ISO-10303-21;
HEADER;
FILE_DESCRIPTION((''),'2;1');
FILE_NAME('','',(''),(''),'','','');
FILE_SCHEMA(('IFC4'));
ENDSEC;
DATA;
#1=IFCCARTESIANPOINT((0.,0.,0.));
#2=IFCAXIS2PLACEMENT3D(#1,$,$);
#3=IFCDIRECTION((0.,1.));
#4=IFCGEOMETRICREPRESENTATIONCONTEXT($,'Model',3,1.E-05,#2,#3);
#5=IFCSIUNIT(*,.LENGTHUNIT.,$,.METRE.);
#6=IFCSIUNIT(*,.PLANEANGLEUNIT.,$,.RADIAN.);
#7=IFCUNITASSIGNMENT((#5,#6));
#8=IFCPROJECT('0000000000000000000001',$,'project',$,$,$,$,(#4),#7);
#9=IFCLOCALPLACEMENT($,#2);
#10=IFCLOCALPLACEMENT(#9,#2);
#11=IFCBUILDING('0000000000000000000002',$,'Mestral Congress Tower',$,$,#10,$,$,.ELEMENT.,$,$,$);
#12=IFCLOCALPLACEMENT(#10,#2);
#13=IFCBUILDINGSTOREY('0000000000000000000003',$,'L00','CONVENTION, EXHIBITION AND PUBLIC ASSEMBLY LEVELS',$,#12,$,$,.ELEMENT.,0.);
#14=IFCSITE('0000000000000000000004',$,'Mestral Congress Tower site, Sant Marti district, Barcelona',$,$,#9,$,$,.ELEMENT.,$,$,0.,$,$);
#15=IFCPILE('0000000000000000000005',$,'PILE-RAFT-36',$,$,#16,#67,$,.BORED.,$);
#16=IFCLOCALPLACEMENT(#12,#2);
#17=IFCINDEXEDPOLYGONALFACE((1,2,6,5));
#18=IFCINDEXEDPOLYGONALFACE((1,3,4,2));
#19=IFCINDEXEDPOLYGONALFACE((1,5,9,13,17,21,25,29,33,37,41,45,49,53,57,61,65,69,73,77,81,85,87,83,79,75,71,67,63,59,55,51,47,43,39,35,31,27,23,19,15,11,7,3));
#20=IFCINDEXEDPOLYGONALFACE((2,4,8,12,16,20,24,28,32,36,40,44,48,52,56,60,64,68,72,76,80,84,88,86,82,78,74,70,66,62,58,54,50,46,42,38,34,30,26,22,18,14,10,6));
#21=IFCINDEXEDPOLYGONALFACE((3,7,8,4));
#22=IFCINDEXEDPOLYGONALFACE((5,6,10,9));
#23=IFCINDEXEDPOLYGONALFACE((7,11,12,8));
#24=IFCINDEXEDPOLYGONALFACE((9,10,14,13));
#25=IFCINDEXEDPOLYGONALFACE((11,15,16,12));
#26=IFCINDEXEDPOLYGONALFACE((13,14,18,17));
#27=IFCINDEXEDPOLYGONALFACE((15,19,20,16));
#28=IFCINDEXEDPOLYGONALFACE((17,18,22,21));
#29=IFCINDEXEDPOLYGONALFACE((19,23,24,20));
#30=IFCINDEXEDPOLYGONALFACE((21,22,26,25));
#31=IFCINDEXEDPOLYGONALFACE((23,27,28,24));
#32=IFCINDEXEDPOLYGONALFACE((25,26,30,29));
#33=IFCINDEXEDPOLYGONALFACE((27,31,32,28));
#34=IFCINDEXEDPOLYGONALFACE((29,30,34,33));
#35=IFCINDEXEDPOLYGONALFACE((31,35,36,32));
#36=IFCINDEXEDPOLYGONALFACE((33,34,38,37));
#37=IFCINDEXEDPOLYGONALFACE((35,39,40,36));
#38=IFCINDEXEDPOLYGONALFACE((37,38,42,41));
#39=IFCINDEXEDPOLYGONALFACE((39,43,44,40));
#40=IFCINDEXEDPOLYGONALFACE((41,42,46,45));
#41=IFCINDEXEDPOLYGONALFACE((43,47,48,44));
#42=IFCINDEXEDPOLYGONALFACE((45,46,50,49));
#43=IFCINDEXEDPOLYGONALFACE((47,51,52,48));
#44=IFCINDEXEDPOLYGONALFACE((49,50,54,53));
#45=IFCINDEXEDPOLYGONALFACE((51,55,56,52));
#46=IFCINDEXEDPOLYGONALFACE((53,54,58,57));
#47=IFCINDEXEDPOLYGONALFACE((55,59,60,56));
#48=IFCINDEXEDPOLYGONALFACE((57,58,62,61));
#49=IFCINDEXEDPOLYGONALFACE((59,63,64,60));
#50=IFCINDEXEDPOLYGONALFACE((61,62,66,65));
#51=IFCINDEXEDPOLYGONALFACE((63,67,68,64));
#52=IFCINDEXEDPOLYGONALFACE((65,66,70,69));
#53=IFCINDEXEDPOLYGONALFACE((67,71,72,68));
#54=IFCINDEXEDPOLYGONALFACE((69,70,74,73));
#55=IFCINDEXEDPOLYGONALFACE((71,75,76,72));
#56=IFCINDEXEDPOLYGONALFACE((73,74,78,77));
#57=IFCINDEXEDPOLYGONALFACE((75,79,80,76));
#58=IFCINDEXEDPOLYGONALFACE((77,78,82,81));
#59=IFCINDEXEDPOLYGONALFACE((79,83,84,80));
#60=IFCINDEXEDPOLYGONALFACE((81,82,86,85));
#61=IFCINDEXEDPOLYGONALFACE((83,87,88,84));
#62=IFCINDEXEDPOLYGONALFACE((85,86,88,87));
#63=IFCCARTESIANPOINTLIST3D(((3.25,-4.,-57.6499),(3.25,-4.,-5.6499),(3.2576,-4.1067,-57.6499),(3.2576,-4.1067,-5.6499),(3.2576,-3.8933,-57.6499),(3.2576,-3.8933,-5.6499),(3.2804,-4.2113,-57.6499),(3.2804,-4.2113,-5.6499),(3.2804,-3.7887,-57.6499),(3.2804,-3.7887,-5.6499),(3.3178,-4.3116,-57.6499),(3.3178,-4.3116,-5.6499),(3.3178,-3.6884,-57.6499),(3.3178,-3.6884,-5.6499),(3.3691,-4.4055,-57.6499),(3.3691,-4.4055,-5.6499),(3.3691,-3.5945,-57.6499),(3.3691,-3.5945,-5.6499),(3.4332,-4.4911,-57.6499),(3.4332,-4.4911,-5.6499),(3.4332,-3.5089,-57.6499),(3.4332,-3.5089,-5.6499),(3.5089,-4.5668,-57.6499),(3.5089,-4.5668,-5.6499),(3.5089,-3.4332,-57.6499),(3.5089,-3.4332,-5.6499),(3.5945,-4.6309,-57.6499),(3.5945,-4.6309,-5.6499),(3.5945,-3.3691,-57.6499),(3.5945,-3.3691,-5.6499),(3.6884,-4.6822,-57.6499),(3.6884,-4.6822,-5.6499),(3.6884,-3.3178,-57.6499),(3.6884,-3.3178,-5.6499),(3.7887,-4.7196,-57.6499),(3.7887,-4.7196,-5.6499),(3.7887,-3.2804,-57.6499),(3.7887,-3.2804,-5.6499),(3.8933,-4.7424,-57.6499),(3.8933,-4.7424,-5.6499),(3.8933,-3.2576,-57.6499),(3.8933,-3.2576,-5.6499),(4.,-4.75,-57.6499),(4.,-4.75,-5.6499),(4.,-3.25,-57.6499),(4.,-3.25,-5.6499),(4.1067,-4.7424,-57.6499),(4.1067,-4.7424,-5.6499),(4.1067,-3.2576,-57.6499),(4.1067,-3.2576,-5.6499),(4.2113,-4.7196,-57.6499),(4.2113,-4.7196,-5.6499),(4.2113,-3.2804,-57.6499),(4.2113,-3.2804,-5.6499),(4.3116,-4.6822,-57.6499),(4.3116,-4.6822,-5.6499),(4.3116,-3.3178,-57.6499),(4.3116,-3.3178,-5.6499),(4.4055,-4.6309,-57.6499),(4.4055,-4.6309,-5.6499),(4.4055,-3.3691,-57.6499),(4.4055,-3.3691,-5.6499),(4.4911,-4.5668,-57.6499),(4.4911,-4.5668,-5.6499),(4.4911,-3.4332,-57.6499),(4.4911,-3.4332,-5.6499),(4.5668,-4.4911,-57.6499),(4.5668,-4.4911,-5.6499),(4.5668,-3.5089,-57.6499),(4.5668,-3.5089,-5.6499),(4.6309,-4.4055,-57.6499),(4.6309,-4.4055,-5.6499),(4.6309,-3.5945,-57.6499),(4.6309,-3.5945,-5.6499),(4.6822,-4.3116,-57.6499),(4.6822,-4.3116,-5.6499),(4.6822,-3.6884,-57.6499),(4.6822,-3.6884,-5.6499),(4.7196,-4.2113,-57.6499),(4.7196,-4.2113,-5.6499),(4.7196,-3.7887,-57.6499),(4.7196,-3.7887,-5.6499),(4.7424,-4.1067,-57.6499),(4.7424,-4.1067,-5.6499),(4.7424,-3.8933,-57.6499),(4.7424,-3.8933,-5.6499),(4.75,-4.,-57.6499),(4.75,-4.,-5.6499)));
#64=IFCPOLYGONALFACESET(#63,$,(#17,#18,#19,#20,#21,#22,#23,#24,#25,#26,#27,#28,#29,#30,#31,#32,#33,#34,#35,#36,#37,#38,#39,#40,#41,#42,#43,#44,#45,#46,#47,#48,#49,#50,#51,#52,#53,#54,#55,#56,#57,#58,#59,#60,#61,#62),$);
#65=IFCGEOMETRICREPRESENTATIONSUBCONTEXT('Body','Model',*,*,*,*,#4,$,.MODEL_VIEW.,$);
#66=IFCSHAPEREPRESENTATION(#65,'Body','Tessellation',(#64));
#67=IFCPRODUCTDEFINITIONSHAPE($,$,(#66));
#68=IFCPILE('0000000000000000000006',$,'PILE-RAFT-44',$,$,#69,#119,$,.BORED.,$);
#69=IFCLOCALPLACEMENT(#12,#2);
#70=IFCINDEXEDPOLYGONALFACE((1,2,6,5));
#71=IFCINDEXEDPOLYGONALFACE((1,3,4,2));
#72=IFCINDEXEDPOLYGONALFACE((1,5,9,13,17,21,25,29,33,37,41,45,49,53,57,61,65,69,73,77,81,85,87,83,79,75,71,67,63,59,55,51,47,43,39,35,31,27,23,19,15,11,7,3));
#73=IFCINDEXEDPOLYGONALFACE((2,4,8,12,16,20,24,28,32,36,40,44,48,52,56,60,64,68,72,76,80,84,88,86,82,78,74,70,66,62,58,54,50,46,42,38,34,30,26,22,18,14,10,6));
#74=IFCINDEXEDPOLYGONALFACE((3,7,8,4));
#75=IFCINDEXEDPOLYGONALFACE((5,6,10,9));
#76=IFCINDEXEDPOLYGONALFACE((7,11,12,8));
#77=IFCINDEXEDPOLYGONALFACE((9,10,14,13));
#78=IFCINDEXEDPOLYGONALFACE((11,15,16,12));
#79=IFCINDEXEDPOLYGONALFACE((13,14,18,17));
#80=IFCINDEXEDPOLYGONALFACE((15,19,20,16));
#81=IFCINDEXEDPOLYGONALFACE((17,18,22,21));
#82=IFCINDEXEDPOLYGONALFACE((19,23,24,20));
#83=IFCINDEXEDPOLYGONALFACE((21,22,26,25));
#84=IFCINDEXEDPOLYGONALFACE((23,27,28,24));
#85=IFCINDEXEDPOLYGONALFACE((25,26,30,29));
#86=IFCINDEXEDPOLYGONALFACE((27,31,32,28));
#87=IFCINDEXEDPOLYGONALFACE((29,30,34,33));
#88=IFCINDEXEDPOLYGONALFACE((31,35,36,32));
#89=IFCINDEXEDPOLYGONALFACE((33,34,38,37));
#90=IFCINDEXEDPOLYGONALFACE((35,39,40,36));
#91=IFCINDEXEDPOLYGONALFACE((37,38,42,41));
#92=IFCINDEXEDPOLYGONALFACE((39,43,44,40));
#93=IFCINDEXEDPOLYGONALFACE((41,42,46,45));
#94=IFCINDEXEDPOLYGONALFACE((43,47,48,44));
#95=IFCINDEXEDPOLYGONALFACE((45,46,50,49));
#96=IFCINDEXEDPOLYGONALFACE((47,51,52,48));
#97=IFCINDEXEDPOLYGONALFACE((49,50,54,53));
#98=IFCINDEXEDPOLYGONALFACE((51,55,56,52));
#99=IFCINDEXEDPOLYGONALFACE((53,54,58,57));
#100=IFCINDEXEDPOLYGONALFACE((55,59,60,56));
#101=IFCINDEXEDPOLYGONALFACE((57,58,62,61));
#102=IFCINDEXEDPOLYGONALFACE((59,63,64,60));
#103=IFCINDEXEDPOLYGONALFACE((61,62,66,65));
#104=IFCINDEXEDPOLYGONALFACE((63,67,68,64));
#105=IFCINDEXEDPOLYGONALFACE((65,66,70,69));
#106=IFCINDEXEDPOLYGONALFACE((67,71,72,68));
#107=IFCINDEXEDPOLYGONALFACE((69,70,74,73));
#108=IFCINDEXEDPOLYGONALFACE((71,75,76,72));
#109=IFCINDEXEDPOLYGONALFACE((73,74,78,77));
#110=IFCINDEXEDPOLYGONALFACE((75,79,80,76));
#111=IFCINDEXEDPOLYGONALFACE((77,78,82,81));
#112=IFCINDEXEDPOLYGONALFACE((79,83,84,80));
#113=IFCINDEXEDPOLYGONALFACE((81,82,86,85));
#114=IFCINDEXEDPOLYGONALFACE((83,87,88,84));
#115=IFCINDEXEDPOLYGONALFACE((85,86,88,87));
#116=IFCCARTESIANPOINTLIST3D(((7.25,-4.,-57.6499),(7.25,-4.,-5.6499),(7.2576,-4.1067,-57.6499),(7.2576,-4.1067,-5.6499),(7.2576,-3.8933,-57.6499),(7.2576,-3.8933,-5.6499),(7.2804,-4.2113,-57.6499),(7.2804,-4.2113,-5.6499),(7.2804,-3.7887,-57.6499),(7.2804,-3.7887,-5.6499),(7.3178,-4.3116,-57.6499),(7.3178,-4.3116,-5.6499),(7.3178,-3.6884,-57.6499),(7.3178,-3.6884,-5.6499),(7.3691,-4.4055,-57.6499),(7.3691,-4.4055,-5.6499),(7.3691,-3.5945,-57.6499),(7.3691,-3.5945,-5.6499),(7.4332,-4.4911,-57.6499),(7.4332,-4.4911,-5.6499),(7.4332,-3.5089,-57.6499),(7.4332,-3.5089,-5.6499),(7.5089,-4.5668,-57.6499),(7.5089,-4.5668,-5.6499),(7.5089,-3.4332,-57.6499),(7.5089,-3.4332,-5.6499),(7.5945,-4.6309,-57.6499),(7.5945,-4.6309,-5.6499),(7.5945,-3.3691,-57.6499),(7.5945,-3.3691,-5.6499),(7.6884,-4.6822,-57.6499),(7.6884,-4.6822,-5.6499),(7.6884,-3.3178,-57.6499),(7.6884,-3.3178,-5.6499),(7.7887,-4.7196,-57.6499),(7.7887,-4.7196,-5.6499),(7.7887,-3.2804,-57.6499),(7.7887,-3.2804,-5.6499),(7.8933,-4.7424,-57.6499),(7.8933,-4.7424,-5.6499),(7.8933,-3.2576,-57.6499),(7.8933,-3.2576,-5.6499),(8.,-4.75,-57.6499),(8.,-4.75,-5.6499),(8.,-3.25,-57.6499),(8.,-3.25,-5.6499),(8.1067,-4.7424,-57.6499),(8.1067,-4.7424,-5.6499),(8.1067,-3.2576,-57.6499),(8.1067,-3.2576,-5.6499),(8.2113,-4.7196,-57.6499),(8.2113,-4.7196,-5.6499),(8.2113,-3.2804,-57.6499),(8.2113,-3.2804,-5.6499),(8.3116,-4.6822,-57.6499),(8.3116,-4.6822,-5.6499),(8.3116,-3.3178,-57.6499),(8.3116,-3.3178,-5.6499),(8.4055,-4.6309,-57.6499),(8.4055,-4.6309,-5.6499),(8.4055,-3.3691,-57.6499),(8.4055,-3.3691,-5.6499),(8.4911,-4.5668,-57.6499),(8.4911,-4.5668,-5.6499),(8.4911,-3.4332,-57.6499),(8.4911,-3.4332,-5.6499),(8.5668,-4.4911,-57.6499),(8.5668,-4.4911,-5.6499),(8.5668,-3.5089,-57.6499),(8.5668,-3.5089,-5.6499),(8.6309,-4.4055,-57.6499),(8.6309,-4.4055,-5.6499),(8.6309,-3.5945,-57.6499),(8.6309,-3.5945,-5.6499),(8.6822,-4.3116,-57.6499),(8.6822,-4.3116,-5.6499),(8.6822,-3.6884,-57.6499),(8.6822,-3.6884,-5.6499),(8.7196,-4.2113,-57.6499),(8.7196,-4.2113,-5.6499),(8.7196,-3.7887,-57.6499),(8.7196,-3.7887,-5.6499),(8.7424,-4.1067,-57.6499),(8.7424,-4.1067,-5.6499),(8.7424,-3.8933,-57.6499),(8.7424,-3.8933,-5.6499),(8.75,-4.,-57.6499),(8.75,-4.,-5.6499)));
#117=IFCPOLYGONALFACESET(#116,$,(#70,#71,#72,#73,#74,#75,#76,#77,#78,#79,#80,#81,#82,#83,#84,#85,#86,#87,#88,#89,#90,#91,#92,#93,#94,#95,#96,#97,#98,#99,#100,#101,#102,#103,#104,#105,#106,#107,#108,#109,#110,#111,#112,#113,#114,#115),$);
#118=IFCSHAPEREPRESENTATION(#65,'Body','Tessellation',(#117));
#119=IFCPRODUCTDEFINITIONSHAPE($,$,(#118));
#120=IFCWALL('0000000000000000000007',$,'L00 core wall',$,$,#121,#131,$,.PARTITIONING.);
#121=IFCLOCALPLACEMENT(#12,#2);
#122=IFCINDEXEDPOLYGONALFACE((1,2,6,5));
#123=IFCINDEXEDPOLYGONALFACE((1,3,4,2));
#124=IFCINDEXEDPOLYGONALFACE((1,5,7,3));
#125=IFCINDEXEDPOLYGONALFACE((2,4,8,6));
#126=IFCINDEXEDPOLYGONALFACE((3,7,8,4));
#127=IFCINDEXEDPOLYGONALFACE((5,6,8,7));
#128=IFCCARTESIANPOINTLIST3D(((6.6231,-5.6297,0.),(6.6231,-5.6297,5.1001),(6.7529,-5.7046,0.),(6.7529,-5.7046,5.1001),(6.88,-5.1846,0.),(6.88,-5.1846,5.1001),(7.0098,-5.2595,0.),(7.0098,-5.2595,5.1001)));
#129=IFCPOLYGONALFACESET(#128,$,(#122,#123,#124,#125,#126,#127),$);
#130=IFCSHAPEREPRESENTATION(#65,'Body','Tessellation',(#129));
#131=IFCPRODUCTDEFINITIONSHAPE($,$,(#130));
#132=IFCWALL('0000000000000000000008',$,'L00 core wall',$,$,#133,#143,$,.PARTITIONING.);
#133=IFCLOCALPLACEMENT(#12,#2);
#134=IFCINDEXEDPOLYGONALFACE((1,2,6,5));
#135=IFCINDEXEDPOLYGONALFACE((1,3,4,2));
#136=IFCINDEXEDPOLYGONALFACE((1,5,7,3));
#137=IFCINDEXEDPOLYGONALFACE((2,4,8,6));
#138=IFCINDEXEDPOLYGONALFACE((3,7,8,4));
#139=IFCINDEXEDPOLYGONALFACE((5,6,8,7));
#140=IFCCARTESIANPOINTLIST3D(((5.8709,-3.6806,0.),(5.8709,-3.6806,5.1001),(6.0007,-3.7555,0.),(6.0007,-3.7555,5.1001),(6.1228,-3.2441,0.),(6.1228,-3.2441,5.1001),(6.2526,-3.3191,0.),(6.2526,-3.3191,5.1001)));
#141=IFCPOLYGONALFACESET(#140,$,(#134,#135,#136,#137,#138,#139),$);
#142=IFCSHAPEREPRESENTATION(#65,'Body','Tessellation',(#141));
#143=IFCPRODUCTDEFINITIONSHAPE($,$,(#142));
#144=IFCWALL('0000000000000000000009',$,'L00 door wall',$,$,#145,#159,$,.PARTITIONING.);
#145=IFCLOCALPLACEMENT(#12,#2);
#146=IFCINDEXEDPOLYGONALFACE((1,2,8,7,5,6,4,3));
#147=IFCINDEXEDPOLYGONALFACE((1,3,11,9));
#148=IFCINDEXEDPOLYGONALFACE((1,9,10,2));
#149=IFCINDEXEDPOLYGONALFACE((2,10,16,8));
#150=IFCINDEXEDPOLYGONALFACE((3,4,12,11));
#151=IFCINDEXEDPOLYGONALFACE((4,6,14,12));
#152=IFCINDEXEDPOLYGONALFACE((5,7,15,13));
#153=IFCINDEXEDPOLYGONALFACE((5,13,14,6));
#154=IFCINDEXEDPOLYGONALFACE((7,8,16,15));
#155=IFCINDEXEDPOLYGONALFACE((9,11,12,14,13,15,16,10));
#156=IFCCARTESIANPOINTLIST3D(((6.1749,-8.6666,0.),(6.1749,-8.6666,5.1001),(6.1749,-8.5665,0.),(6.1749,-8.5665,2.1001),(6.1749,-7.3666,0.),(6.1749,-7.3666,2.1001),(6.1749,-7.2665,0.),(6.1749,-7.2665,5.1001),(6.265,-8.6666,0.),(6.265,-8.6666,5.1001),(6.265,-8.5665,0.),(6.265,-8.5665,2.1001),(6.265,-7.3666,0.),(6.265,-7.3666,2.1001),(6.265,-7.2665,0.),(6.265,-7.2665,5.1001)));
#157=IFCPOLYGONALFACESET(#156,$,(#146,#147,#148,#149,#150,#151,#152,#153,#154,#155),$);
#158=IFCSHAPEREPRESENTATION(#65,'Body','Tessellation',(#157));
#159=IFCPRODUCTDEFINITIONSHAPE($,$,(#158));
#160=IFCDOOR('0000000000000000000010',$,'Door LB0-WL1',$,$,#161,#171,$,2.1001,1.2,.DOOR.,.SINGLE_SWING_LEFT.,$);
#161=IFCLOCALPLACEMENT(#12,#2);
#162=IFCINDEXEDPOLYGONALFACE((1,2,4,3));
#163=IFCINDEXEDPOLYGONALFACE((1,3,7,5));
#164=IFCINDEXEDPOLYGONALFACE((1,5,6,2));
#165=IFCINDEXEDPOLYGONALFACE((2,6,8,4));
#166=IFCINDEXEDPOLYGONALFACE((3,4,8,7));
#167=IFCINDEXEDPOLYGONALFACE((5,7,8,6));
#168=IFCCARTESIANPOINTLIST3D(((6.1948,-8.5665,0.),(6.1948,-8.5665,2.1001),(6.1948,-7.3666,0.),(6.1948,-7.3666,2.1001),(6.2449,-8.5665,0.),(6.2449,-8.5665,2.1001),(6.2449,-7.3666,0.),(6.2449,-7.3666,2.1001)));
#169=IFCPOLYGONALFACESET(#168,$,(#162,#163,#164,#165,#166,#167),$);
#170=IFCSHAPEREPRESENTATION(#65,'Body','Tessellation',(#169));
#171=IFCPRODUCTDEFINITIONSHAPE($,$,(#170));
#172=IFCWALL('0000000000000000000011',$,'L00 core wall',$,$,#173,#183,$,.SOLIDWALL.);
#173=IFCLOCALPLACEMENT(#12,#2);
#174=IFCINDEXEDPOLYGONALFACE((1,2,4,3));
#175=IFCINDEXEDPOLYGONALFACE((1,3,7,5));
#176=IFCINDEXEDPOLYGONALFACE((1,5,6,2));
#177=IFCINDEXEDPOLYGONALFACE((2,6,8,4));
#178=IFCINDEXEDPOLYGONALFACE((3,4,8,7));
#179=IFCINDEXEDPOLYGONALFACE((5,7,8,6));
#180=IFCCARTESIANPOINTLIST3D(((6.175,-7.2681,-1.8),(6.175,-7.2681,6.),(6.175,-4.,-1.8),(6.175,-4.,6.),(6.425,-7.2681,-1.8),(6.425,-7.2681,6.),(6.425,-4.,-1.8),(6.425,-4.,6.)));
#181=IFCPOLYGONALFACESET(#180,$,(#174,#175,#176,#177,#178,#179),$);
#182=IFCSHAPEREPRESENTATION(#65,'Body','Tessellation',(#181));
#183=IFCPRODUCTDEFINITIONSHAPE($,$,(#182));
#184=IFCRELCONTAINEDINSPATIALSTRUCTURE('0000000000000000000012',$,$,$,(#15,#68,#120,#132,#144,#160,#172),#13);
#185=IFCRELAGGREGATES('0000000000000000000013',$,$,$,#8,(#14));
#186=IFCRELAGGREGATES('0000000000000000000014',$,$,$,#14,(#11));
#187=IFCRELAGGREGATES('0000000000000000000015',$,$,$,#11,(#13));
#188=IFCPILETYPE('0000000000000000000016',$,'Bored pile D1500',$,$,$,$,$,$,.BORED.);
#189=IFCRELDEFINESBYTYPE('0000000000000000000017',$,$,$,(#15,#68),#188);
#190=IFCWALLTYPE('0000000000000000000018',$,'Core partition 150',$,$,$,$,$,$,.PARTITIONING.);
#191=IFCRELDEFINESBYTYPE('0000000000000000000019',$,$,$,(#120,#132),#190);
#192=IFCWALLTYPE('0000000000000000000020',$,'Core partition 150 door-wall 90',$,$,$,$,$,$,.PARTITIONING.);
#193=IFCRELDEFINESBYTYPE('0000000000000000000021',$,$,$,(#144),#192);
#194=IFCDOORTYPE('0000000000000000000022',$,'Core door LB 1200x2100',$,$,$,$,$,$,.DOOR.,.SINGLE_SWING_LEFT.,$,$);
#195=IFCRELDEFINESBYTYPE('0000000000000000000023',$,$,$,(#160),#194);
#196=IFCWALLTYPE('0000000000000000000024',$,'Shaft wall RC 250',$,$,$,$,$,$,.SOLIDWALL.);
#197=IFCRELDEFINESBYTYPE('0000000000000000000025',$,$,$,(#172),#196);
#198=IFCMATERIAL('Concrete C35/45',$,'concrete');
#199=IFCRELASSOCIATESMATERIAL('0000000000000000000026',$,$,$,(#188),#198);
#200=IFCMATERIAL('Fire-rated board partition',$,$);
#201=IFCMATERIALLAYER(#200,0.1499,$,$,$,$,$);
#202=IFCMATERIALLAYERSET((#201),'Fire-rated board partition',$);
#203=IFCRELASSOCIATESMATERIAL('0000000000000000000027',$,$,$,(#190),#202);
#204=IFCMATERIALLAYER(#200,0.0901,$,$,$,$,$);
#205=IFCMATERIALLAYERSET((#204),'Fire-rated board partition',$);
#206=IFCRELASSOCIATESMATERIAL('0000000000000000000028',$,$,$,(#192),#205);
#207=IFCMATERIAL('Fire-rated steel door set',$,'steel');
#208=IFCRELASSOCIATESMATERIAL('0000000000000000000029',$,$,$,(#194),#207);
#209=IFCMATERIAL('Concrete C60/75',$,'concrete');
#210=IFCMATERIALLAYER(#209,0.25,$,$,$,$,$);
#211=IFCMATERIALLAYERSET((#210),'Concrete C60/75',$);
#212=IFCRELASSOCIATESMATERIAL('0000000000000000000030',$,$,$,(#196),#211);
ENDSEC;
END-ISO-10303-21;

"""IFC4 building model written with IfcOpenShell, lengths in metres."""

from ifc_helpers import new_model, si_unit, direction, frame, frame_2d, origin, origin_2d, place, context, subcontext, project, spatial, rectangle, circle, extrude, material, layer, layer_set, material_profile, profile_set, type_object, element, fill, save


model = new_model("IFC4")

# Units and contexts
model_context = context("Model", 3, precision=1e-05, world=origin(), true_north=direction((0.0, 1.0)))
body_context = subcontext(model_context, "Body", "Model", "MODEL_VIEW")
ifc_project = project(units=[si_unit("LENGTHUNIT", "METRE"), si_unit("PLANEANGLEUNIT", "RADIAN")], contexts=[model_context])

# Site, building, storey
site_placement = place(None, origin())
site = spatial("IfcSite", under=ifc_project, at=site_placement, Name="Mestral Congress Tower site, Sant Marti district, Barcelona", CompositionType="ELEMENT", RefElevation=0.0)
building_placement = place(site_placement, origin())
building = spatial("IfcBuilding", under=site, at=building_placement, Name="Mestral Congress Tower", CompositionType="ELEMENT")
storey_placement = place(building_placement, origin())
storey = spatial("IfcBuildingStorey", under=building, at=storey_placement, Name="L00", Description="CONVENTION, EXHIBITION AND PUBLIC ASSEMBLY LEVELS", CompositionType="ELEMENT", Elevation=0.0)

# Piles
ifc_material_1 = material(Name="Concrete C35/45", Category="concrete")
ifc_material_profile = material_profile(ifc_material_1, circle(Radius=0.75, at=origin_2d()), Name="D1500")
ifc_profile_set = profile_set([ifc_material_profile], Name="Concrete C35/45")
pile_type = type_object("IfcPileType", Name="Bored pile D1500", PredefinedType="BORED", material=ifc_profile_set)
for number, where, z_axis, x_axis, name in (
    (1, (4.0, -4.0, -5.6499), (0.0, 0.0, -1.0), (1.0, 0.0, 0.0), "PILE-RAFT-36"),
    (2, (8.0, -4.0, -5.6499), (0.0, 0.0, -1.0), (1.0, 0.0, 0.0), "PILE-RAFT-44"),
):
    element("IfcPile", number, at=place(storey_placement, frame(where, z_axis=z_axis, x_axis=x_axis)), inside=storey, type_object=pile_type, Name=name, PredefinedType="BORED", context=body_context, shape_type="SweptSolid", body=[
        extrude(circle(Radius=0.75, at=origin_2d()), origin(), (0.0, 0.0, 1.0), 52.0),
    ])

# Walls
ifc_material_2 = material(Name="Fire-rated board partition")
ifc_layer_1 = layer(ifc_material_2, 0.1499)
ifc_layer_set_1 = layer_set([ifc_layer_1], Name="Fire-rated board partition")
wall_type_1 = type_object("IfcWallType", Name="Core partition 150", PredefinedType="PARTITIONING", material=ifc_layer_set_1)
wall_1_placement = place(storey_placement, frame((6.9448, -5.2222, 0.0), z_axis=(0.0, 0.0, 1.0), x_axis=(-0.499818, -0.86613, 0.0)))
element("IfcWall", 3, at=wall_1_placement, inside=storey, type_object=wall_type_1, Name="L00 core wall", PredefinedType="PARTITIONING", context=body_context, shape_type="SweptSolid", body=[
    extrude(rectangle(XDim=0.5139, YDim=0.1499, at=frame_2d((0.2568, 0.0))), origin(), (0.0, 0.0, 1.0), 5.1001),
])
wall_2_placement = place(storey_placement, frame((5.9358, -3.718, 0.0), z_axis=(0.0, 0.0, 1.0), x_axis=(0.49989, 0.866089, 0.0)))
element("IfcWall", 4, at=wall_2_placement, inside=storey, type_object=wall_type_1, Name="L00 core wall", PredefinedType="PARTITIONING", context=body_context, shape_type="SweptSolid", body=[
    extrude(rectangle(XDim=0.5039, YDim=0.1499, at=frame_2d((0.252, 0.0))), origin(), (0.0, 0.0, 1.0), 5.1001),
])

# Wall, opening, door
ifc_layer_2 = layer(ifc_material_2, 0.0901)
ifc_layer_set_2 = layer_set([ifc_layer_2], Name="Fire-rated board partition")
wall_type_2 = type_object("IfcWallType", Name="Core partition 150 door-wall 90", PredefinedType="PARTITIONING", material=ifc_layer_set_2)
wall_3_placement = place(storey_placement, frame((6.22, -7.2664, 0.0), z_axis=(0.0, 0.0, 1.0), x_axis=(0.0, -1.0, 0.0)))
wall_3 = element("IfcWall", 5, at=wall_3_placement, inside=storey, type_object=wall_type_2, Name="L00 door wall", PredefinedType="PARTITIONING", context=body_context, shape_type="SweptSolid", body=[
    extrude(rectangle(XDim=1.4001, YDim=0.0901, at=frame_2d((0.7002, 0.0))), origin(), (0.0, 0.0, 1.0), 5.1001),
])
opening_1_placement = place(wall_3_placement, frame((0.1001, 0.0, 0.0)))
opening_1 = element("IfcOpeningElement", 6, at=opening_1_placement, cuts=wall_3, PredefinedType="OPENING", context=body_context, shape_type="SweptSolid", body=[
    extrude(rectangle(XDim=1.2, YDim=2.1001, at=frame_2d((0.6001, 1.05))), frame((0.0, 0.0549, 0.0), z_axis=(0.0, -1.0, 0.0), x_axis=(1.0, 0.0, 0.0)), (0.0, 0.0, 1.0), 0.1101),
])
ifc_material_3 = material(Name="Fire-rated steel door set", Category="steel")
door_type_1 = type_object("IfcDoorType", Name="Core door LB 1200x2100", OperationType="SINGLE_SWING_LEFT", PredefinedType="DOOR", material=ifc_material_3)
door_1_placement = place(opening_1_placement, origin())
door_1 = element("IfcDoor", 7, at=door_1_placement, inside=storey, type_object=door_type_1, Name="Door LB0-WL1", OperationType="SINGLE_SWING_LEFT", OverallHeight=2.1001, OverallWidth=1.2, PredefinedType="DOOR", context=body_context, shape_type="SweptSolid", body=[
    extrude(rectangle(XDim=1.2, YDim=2.1001, at=frame_2d((0.6001, 1.05))), frame((0.0, 0.0249, 0.0), z_axis=(0.0, -1.0, 0.0), x_axis=(1.0, 0.0, 0.0)), (0.0, 0.0, 1.0), 0.05),
])
fill(opening_1, door_1)

# Wall
ifc_material_4 = material(Name="Concrete C60/75", Category="concrete")
ifc_layer_3 = layer(ifc_material_4, 0.25)
ifc_layer_set_3 = layer_set([ifc_layer_3], Name="Concrete C60/75")
wall_type_3 = type_object("IfcWallType", Name="Shaft wall RC 250", PredefinedType="SOLIDWALL", material=ifc_layer_set_3)
wall_4_placement = place(storey_placement, frame((6.3, -7.2681, -1.8), z_axis=(0.0, 0.0, 1.0), x_axis=(0.0, 1.0, 0.0)))
element("IfcWall", 8, at=wall_4_placement, inside=storey, type_object=wall_type_3, Name="L00 core wall", PredefinedType="SOLIDWALL", context=body_context, shape_type="SweptSolid", body=[
    extrude(rectangle(XDim=3.2681, YDim=0.25, at=frame_2d((1.634, 0.0))), origin(), (0.0, 0.0, 1.0), 7.8),
])

save(model, "model.ifc")
